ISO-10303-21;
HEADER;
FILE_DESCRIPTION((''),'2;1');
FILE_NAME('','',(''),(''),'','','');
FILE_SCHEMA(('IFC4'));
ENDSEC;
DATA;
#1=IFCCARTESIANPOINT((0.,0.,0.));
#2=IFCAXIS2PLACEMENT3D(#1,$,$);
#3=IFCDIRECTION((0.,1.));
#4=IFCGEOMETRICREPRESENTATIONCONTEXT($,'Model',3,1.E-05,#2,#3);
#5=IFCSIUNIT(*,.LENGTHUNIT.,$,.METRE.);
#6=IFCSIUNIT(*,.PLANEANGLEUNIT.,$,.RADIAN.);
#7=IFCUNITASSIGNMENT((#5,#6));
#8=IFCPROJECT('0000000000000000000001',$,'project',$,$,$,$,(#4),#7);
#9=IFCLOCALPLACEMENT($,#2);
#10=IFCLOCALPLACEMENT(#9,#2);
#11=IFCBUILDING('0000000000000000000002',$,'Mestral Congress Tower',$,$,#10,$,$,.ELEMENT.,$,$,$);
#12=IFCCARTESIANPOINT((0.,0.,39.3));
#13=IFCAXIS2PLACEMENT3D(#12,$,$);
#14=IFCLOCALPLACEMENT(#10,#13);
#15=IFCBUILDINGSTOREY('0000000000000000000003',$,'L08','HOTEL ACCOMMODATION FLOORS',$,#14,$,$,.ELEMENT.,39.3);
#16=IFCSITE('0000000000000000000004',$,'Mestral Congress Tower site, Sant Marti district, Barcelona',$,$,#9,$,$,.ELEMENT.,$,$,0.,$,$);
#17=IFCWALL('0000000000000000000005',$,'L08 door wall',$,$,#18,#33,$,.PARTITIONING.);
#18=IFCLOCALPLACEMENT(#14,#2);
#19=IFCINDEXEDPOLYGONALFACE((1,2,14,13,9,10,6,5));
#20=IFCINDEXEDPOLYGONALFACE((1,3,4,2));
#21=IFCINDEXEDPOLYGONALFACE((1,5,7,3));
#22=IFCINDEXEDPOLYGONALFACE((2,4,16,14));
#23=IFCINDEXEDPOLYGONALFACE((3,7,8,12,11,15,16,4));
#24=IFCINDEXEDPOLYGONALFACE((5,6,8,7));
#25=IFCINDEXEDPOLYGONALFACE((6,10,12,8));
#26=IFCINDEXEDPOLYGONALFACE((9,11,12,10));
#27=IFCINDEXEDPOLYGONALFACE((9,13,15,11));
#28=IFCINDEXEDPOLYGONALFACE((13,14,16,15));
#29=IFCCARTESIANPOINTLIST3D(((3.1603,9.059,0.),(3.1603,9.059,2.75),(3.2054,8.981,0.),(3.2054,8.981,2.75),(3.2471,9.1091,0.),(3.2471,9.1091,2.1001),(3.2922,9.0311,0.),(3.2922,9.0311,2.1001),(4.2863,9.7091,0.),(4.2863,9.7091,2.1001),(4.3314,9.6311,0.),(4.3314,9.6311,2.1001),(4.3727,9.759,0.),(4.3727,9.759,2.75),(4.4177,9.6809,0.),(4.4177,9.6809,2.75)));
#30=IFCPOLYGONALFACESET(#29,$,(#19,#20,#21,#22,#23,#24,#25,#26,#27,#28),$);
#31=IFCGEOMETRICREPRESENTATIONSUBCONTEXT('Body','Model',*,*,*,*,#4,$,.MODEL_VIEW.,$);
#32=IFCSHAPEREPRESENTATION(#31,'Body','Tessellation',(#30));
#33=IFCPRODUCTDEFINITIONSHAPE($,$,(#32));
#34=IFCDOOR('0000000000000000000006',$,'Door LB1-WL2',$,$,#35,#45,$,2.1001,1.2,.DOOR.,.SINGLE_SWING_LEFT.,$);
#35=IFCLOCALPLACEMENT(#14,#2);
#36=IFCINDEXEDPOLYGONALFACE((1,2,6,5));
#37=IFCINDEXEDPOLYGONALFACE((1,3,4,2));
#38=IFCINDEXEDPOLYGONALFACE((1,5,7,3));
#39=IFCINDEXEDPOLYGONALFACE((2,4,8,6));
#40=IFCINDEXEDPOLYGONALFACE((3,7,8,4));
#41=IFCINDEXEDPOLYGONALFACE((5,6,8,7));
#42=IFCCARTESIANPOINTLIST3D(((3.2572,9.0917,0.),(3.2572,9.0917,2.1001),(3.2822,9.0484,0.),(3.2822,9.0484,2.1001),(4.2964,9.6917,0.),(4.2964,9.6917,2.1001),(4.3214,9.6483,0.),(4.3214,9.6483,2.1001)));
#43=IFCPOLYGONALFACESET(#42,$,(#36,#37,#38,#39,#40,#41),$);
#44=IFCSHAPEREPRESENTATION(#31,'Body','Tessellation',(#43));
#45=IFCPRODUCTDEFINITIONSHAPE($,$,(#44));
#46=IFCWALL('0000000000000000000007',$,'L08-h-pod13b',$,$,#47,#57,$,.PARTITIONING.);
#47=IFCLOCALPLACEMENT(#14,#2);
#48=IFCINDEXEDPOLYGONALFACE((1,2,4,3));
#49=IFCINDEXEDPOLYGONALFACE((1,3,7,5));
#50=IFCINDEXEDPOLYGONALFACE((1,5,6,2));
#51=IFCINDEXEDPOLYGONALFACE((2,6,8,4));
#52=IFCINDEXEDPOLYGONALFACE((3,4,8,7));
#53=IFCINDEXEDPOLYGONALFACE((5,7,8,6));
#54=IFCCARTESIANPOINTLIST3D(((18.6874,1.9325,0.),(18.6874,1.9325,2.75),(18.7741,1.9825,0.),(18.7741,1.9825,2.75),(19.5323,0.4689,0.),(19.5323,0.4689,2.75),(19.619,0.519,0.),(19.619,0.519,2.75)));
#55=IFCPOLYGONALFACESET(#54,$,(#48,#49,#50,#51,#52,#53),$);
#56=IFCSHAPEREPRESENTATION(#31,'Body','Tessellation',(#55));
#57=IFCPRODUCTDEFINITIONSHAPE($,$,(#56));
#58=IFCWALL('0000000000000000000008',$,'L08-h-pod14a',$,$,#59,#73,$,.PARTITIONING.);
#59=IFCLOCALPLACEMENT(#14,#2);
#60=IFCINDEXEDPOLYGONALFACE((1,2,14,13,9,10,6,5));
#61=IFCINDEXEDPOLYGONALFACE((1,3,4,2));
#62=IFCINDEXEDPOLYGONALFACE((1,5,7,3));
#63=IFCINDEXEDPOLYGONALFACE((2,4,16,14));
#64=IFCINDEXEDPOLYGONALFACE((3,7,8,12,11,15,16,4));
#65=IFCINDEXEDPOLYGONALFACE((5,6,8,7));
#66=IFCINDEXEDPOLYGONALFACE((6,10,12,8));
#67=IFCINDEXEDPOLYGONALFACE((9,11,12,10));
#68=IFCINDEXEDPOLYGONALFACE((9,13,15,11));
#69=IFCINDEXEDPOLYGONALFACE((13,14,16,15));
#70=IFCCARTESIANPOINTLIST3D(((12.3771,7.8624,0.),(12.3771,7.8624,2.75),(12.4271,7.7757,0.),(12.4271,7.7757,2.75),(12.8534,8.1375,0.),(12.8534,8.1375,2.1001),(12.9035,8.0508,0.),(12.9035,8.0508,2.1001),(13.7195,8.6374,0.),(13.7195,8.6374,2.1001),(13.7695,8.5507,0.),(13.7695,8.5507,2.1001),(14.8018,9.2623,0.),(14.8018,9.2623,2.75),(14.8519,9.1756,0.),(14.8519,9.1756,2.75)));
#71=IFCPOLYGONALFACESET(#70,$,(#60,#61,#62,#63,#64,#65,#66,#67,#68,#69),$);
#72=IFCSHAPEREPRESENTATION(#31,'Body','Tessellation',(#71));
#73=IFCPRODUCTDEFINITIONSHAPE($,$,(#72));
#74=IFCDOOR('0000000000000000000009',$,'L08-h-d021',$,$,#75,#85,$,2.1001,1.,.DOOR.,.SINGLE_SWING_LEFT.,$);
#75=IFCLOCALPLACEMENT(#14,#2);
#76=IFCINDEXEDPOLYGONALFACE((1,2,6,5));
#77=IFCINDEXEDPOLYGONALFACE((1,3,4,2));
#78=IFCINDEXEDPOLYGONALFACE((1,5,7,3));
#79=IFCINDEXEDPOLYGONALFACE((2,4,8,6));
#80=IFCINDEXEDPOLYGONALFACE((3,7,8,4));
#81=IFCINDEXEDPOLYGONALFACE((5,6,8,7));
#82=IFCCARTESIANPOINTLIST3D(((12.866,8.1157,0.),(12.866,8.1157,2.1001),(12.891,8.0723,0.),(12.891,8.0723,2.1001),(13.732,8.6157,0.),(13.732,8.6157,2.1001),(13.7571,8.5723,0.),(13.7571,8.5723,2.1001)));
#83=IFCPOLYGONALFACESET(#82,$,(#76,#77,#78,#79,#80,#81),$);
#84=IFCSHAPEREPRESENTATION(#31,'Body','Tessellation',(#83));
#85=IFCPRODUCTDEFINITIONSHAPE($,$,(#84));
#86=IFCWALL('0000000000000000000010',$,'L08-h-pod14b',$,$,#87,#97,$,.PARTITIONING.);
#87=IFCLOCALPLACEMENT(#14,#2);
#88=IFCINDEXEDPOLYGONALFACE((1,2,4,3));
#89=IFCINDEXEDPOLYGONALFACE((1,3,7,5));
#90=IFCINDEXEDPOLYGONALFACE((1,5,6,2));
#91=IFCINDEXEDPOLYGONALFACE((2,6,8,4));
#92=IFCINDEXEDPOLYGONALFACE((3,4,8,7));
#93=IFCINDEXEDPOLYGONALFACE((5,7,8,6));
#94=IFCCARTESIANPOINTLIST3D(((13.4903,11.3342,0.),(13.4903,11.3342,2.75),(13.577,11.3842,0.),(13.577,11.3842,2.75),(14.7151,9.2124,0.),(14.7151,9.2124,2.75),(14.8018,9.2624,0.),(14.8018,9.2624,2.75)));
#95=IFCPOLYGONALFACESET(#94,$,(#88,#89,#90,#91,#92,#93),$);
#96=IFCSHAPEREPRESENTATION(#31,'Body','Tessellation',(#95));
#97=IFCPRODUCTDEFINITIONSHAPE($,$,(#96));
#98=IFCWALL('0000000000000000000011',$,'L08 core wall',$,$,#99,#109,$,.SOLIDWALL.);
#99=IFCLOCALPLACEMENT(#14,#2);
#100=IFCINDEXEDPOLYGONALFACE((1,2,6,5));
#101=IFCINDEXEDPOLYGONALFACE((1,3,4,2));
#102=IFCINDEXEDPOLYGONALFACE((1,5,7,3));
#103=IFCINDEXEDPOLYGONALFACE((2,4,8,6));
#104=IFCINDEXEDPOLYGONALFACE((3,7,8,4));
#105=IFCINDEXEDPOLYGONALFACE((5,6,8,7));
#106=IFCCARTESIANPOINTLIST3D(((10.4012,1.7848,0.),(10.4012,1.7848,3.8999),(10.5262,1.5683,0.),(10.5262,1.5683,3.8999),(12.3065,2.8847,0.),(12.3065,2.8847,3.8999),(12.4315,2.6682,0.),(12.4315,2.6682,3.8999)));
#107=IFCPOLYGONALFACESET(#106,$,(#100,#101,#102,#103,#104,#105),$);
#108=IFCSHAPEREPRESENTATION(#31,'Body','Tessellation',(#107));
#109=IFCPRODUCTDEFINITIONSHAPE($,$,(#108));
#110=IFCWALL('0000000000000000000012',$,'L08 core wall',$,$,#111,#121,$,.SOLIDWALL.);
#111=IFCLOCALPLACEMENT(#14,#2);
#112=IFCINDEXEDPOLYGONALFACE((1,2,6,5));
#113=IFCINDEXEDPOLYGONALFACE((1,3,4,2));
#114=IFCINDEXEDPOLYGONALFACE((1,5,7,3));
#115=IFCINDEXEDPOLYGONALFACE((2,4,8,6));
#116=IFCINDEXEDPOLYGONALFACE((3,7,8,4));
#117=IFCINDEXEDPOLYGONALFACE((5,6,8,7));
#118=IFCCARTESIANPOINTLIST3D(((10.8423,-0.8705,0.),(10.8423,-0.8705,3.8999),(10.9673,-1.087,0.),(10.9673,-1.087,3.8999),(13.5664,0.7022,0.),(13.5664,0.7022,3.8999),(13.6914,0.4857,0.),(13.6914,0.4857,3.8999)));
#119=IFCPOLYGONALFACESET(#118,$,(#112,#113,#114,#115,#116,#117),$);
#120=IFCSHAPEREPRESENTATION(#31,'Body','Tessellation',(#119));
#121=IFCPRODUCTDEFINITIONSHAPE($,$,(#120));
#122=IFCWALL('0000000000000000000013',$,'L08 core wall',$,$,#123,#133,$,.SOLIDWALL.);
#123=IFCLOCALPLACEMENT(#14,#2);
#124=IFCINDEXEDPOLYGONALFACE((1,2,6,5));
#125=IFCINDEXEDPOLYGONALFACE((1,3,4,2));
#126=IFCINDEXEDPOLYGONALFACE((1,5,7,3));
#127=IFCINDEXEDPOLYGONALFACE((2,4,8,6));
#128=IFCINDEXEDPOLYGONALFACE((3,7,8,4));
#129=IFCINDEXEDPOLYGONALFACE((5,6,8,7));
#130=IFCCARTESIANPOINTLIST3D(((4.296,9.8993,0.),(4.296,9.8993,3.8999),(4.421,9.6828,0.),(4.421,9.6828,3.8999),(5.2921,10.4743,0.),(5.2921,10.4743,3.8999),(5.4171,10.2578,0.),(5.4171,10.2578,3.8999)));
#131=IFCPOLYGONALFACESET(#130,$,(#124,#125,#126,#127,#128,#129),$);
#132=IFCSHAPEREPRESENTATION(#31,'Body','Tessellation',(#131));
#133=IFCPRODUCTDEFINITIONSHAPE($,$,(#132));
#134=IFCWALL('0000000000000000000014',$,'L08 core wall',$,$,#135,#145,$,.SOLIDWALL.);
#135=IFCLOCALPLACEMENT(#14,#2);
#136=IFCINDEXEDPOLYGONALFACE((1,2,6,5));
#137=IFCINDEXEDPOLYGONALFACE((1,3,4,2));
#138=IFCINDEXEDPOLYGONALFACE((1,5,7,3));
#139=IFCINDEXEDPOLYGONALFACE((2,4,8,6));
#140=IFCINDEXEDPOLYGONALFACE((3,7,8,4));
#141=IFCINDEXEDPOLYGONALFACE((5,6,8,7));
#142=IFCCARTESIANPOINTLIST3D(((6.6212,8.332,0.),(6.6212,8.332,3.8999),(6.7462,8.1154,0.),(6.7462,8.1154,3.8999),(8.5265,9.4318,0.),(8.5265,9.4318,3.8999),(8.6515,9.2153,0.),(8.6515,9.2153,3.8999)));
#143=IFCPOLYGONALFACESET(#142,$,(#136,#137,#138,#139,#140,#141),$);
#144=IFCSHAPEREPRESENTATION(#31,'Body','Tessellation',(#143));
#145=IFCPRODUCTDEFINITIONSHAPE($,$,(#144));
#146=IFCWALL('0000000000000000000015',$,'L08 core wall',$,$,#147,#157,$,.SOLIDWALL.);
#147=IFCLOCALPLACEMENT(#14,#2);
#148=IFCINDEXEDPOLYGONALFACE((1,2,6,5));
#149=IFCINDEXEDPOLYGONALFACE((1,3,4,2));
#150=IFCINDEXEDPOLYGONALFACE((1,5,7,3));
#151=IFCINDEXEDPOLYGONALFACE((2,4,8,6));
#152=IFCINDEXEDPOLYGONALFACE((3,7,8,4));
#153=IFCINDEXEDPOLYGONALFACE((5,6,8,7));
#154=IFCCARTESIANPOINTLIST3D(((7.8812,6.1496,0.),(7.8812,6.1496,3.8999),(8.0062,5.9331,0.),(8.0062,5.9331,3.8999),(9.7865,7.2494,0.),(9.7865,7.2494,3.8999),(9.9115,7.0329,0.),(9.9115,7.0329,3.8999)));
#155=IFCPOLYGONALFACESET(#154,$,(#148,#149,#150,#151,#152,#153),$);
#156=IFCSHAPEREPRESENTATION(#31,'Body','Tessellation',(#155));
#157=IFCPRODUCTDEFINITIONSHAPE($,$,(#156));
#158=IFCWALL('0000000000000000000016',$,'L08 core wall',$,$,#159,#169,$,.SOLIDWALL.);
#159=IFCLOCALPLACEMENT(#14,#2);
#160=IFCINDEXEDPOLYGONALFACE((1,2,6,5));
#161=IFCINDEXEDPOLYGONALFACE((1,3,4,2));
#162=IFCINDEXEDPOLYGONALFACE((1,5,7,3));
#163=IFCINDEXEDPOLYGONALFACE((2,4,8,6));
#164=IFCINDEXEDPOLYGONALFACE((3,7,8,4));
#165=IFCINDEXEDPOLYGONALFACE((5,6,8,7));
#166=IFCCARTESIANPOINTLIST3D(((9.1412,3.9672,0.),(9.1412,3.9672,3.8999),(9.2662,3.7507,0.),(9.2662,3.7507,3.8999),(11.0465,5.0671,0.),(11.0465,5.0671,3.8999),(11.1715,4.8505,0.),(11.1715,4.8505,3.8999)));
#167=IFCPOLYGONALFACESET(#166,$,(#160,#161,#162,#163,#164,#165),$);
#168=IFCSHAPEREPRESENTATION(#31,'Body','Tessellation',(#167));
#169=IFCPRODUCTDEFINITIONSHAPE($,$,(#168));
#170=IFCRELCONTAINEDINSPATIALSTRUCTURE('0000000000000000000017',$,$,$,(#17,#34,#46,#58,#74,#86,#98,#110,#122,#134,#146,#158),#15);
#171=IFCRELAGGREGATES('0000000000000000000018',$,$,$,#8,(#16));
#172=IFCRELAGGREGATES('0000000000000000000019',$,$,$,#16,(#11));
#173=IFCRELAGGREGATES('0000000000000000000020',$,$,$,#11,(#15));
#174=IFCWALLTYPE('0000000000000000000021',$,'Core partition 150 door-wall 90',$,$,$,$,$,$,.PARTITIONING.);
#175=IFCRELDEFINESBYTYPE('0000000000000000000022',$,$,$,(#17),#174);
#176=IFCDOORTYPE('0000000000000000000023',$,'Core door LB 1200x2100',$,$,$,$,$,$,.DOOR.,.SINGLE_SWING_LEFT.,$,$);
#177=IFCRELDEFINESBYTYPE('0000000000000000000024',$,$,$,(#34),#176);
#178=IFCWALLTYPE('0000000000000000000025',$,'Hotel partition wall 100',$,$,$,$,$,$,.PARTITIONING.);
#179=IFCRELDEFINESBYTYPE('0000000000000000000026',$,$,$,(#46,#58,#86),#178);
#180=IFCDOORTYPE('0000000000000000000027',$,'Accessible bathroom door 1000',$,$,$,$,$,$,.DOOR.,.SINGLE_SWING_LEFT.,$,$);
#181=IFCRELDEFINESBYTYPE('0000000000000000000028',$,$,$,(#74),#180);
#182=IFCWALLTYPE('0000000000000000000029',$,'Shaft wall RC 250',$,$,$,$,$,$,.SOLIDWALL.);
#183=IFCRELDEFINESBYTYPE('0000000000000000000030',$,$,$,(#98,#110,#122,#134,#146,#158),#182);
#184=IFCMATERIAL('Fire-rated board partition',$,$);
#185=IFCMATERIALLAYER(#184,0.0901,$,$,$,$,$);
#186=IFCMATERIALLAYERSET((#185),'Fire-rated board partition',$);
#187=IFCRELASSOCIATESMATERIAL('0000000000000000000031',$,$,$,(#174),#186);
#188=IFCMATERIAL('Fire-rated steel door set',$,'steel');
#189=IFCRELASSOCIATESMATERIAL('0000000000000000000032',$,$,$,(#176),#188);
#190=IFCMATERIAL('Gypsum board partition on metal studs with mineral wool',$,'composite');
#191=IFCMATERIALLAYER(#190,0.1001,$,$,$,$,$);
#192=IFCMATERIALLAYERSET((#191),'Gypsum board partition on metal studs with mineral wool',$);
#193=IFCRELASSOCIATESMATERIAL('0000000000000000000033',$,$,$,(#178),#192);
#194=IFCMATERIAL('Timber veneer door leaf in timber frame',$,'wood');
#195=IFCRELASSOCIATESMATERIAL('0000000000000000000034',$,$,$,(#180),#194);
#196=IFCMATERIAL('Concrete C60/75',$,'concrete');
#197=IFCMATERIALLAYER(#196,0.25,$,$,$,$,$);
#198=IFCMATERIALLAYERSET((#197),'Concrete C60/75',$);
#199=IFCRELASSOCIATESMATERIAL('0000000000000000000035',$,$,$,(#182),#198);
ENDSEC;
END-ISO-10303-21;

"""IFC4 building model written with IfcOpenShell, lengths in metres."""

from ifc_helpers import new_model, si_unit, direction, frame, frame_2d, origin, place, context, subcontext, project, spatial, rectangle, extrude, material, layer, layer_set, type_object, element, fill, save


model = new_model("IFC4")

# Units and contexts
model_context = context("Model", 3, precision=1e-05, world=origin(), true_north=direction((0.0, 1.0)))
body_context = subcontext(model_context, "Body", "Model", "MODEL_VIEW")
ifc_project = project(units=[si_unit("LENGTHUNIT", "METRE"), si_unit("PLANEANGLEUNIT", "RADIAN")], contexts=[model_context])

# Site, building, storey
site_placement = place(None, origin())
site = spatial("IfcSite", under=ifc_project, at=site_placement, Name="Mestral Congress Tower site, Sant Marti district, Barcelona", CompositionType="ELEMENT", RefElevation=0.0)
building_placement = place(site_placement, origin())
building = spatial("IfcBuilding", under=site, at=building_placement, Name="Mestral Congress Tower", CompositionType="ELEMENT")
storey_placement = place(building_placement, frame((0.0, 0.0, 39.3)))
storey = spatial("IfcBuildingStorey", under=building, at=storey_placement, Name="L08", Description="HOTEL ACCOMMODATION FLOORS", CompositionType="ELEMENT", Elevation=39.3)

# Wall, opening, door
ifc_material_1 = material(Name="Fire-rated board partition")
ifc_layer_1 = layer(ifc_material_1, 0.0901)
ifc_layer_set_1 = layer_set([ifc_layer_1], Name="Fire-rated board partition")
wall_type_1 = type_object("IfcWallType", Name="Core partition 150 door-wall 90", PredefinedType="PARTITIONING", material=ifc_layer_set_1)
wall_1_placement = place(storey_placement, frame((3.1829, 9.02, 0.0), z_axis=(0.0, 0.0, 1.0), x_axis=(0.866035, 0.499984, 0.0)))
wall_1 = element("IfcWall", 1, at=wall_1_placement, inside=storey, type_object=wall_type_1, Name="L08 door wall", PredefinedType="PARTITIONING", context=body_context, shape_type="SweptSolid", body=[
    extrude(rectangle(XDim=1.3999, YDim=0.0901, at=frame_2d((0.7, 0.0))), origin(), (0.0, 0.0, 1.0), 2.75),
])
opening_1_placement = place(wall_1_placement, frame((0.1001, 0.0, 0.0)))
opening_1 = element("IfcOpeningElement", 2, at=opening_1_placement, cuts=wall_1, PredefinedType="OPENING", context=body_context, shape_type="SweptSolid", body=[
    extrude(rectangle(XDim=1.2, YDim=2.1001, at=frame_2d((0.6001, 1.05))), frame((0.0, 0.0549, 0.0), z_axis=(0.0, -1.0, 0.0), x_axis=(1.0, 0.0, 0.0)), (0.0, 0.0, 1.0), 0.1101),
])
ifc_material_2 = material(Name="Fire-rated steel door set", Category="steel")
door_type_1 = type_object("IfcDoorType", Name="Core door LB 1200x2100", OperationType="SINGLE_SWING_LEFT", PredefinedType="DOOR", material=ifc_material_2)
door_1_placement = place(opening_1_placement, origin())
door_1 = element("IfcDoor", 3, at=door_1_placement, inside=storey, type_object=door_type_1, Name="Door LB1-WL2", OperationType="SINGLE_SWING_LEFT", OverallHeight=2.1001, OverallWidth=1.2, PredefinedType="DOOR", context=body_context, shape_type="SweptSolid", body=[
    extrude(rectangle(XDim=1.2, YDim=2.1001, at=frame_2d((0.6001, 1.05))), frame((0.0, 0.0249, 0.0), z_axis=(0.0, -1.0, 0.0), x_axis=(1.0, 0.0, 0.0)), (0.0, 0.0, 1.0), 0.05),
])
fill(opening_1, door_1)

# Wall
ifc_material_3 = material(Name="Gypsum board partition on metal studs with mineral wool", Category="composite")
ifc_layer_2 = layer(ifc_material_3, 0.1001)
ifc_layer_set_2 = layer_set([ifc_layer_2], Name="Gypsum board partition on metal studs with mineral wool")
wall_type_2 = type_object("IfcWallType", Name="Hotel partition wall 100", PredefinedType="PARTITIONING", material=ifc_layer_set_2)
wall_2_placement = place(storey_placement, frame((18.7307, 1.9575, 0.0), z_axis=(0.0, 0.0, 1.0), x_axis=(0.499977, -0.866039, 0.0)))
element("IfcWall", 4, at=wall_2_placement, inside=storey, type_object=wall_type_2, Name="L08-h-pod13b", PredefinedType="PARTITIONING", context=body_context, shape_type="SweptSolid", body=[
    extrude(rectangle(XDim=1.6899, YDim=0.1001, at=frame_2d((0.845, 0.0))), origin(), (0.0, 0.0, 1.0), 2.75),
])

# Wall, opening, door
wall_3_placement = place(storey_placement, frame((12.4021, 7.8191, 0.0), z_axis=(0.0, 0.0, 1.0), x_axis=(0.866035, 0.499984, 0.0)))
wall_3 = element("IfcWall", 5, at=wall_3_placement, inside=storey, type_object=wall_type_2, Name="L08-h-pod14a", PredefinedType="PARTITIONING", context=body_context, shape_type="SweptSolid", body=[
    extrude(rectangle(XDim=2.7998, YDim=0.1001, at=frame_2d((1.3999, 0.0))), origin(), (0.0, 0.0, 1.0), 2.75),
])
opening_2_placement = place(wall_3_placement, frame((0.55, 0.0, 0.0)))
opening_2 = element("IfcOpeningElement", 6, at=opening_2_placement, cuts=wall_3, PredefinedType="OPENING", context=body_context, shape_type="SweptSolid", body=[
    extrude(rectangle(XDim=1.0, YDim=2.1001, at=frame_2d((0.5, 1.05))), frame((0.0, 0.0601, 0.0), z_axis=(0.0, -1.0, 0.0), x_axis=(1.0, 0.0, 0.0)), (0.0, 0.0, 1.0), 0.1201),
])
ifc_material_4 = material(Name="Timber veneer door leaf in timber frame", Category="wood")
door_type_2 = type_object("IfcDoorType", Name="Accessible bathroom door 1000", OperationType="SINGLE_SWING_LEFT", PredefinedType="DOOR", material=ifc_material_4)
door_2_placement = place(opening_2_placement, origin())
door_2 = element("IfcDoor", 7, at=door_2_placement, inside=storey, type_object=door_type_2, Name="L08-h-d021", OperationType="SINGLE_SWING_LEFT", OverallHeight=2.1001, OverallWidth=1.0, PredefinedType="DOOR", context=body_context, shape_type="SweptSolid", body=[
    extrude(rectangle(XDim=1.0, YDim=2.1001, at=frame_2d((0.5, 1.05))), frame((0.0, 0.0249, 0.0), z_axis=(0.0, -1.0, 0.0), x_axis=(1.0, 0.0, 0.0)), (0.0, 0.0, 1.0), 0.05),
])
fill(opening_2, door_2)

# Walls
wall_4_placement = place(storey_placement, frame((14.7585, 9.2373, 0.0), z_axis=(0.0, 0.0, 1.0), x_axis=(-0.499944, 0.866058, 0.0)))
element("IfcWall", 8, at=wall_4_placement, inside=storey, type_object=wall_type_2, Name="L08-h-pod14b", PredefinedType="PARTITIONING", context=body_context, shape_type="SweptSolid", body=[
    extrude(rectangle(XDim=2.45, YDim=0.1001, at=frame_2d((1.2251, 0.0))), origin(), (0.0, 0.0, 1.0), 2.75),
])
ifc_material_5 = material(Name="Concrete C60/75", Category="concrete")
ifc_layer_3 = layer(ifc_material_5, 0.25)
ifc_layer_set_3 = layer_set([ifc_layer_3], Name="Concrete C60/75")
wall_type_3 = type_object("IfcWallType", Name="Shaft wall RC 250", PredefinedType="SOLIDWALL", material=ifc_layer_set_3)
wall_5_placement = place(storey_placement, frame((10.4636, 1.6765, 0.0), z_axis=(0.0, 0.0, 1.0), x_axis=(0.866056, 0.499947, 0.0)))
element("IfcWall", 9, at=wall_5_placement, inside=storey, type_object=wall_type_3, Name="L08 core wall", PredefinedType="SOLIDWALL", context=body_context, shape_type="SweptSolid", body=[
    extrude(rectangle(XDim=2.2, YDim=0.25, at=frame_2d((1.1001, 0.0))), origin(), (0.0, 0.0, 1.0), 3.8999),
])
wall_6_placement = place(storey_placement, frame((13.6289, 0.594, 0.0), z_axis=(0.0, 0.0, 1.0), x_axis=(-0.866028, -0.499996, 0.0)))
element("IfcWall", 10, at=wall_6_placement, inside=storey, type_object=wall_type_3, Name="L08 core wall", PredefinedType="SOLIDWALL", context=body_context, shape_type="SweptSolid", body=[
    extrude(rectangle(XDim=3.1455, YDim=0.25, at=frame_2d((1.5728, 0.0))), origin(), (0.0, 0.0, 1.0), 3.8999),
])
wall_7_placement = place(storey_placement, frame((4.3584, 9.791, 0.0), z_axis=(0.0, 0.0, 1.0), x_axis=(0.86608, 0.499906, 0.0)))
element("IfcWall", 11, at=wall_7_placement, inside=storey, type_object=wall_type_3, Name="L08 core wall", PredefinedType="SOLIDWALL", context=body_context, shape_type="SweptSolid", body=[
    extrude(rectangle(XDim=1.1501, YDim=0.25, at=frame_2d((0.5752, 0.0))), origin(), (0.0, 0.0, 1.0), 3.8999),
])
for number, where, z_axis, x_axis, name in (
    (12, (6.6836, 8.2236, 0.0), (0.0, 0.0, 1.0), (0.866056, 0.499947, 0.0), "L08 core wall"),
    (13, (7.9436, 6.0413, 0.0), (0.0, 0.0, 1.0), (0.866056, 0.499947, 0.0), "L08 core wall"),
    (14, (9.2036, 3.8589, 0.0), (0.0, 0.0, 1.0), (0.866056, 0.499947, 0.0), "L08 core wall"),
):
    element("IfcWall", number, at=place(storey_placement, frame(where, z_axis=z_axis, x_axis=x_axis)), inside=storey, type_object=wall_type_3, Name=name, PredefinedType="SOLIDWALL", context=body_context, shape_type="SweptSolid", body=[
        extrude(rectangle(XDim=2.2, YDim=0.25, at=frame_2d((1.1001, 0.0))), origin(), (0.0, 0.0, 1.0), 3.8999),
    ])

save(model, "model.ifc")
